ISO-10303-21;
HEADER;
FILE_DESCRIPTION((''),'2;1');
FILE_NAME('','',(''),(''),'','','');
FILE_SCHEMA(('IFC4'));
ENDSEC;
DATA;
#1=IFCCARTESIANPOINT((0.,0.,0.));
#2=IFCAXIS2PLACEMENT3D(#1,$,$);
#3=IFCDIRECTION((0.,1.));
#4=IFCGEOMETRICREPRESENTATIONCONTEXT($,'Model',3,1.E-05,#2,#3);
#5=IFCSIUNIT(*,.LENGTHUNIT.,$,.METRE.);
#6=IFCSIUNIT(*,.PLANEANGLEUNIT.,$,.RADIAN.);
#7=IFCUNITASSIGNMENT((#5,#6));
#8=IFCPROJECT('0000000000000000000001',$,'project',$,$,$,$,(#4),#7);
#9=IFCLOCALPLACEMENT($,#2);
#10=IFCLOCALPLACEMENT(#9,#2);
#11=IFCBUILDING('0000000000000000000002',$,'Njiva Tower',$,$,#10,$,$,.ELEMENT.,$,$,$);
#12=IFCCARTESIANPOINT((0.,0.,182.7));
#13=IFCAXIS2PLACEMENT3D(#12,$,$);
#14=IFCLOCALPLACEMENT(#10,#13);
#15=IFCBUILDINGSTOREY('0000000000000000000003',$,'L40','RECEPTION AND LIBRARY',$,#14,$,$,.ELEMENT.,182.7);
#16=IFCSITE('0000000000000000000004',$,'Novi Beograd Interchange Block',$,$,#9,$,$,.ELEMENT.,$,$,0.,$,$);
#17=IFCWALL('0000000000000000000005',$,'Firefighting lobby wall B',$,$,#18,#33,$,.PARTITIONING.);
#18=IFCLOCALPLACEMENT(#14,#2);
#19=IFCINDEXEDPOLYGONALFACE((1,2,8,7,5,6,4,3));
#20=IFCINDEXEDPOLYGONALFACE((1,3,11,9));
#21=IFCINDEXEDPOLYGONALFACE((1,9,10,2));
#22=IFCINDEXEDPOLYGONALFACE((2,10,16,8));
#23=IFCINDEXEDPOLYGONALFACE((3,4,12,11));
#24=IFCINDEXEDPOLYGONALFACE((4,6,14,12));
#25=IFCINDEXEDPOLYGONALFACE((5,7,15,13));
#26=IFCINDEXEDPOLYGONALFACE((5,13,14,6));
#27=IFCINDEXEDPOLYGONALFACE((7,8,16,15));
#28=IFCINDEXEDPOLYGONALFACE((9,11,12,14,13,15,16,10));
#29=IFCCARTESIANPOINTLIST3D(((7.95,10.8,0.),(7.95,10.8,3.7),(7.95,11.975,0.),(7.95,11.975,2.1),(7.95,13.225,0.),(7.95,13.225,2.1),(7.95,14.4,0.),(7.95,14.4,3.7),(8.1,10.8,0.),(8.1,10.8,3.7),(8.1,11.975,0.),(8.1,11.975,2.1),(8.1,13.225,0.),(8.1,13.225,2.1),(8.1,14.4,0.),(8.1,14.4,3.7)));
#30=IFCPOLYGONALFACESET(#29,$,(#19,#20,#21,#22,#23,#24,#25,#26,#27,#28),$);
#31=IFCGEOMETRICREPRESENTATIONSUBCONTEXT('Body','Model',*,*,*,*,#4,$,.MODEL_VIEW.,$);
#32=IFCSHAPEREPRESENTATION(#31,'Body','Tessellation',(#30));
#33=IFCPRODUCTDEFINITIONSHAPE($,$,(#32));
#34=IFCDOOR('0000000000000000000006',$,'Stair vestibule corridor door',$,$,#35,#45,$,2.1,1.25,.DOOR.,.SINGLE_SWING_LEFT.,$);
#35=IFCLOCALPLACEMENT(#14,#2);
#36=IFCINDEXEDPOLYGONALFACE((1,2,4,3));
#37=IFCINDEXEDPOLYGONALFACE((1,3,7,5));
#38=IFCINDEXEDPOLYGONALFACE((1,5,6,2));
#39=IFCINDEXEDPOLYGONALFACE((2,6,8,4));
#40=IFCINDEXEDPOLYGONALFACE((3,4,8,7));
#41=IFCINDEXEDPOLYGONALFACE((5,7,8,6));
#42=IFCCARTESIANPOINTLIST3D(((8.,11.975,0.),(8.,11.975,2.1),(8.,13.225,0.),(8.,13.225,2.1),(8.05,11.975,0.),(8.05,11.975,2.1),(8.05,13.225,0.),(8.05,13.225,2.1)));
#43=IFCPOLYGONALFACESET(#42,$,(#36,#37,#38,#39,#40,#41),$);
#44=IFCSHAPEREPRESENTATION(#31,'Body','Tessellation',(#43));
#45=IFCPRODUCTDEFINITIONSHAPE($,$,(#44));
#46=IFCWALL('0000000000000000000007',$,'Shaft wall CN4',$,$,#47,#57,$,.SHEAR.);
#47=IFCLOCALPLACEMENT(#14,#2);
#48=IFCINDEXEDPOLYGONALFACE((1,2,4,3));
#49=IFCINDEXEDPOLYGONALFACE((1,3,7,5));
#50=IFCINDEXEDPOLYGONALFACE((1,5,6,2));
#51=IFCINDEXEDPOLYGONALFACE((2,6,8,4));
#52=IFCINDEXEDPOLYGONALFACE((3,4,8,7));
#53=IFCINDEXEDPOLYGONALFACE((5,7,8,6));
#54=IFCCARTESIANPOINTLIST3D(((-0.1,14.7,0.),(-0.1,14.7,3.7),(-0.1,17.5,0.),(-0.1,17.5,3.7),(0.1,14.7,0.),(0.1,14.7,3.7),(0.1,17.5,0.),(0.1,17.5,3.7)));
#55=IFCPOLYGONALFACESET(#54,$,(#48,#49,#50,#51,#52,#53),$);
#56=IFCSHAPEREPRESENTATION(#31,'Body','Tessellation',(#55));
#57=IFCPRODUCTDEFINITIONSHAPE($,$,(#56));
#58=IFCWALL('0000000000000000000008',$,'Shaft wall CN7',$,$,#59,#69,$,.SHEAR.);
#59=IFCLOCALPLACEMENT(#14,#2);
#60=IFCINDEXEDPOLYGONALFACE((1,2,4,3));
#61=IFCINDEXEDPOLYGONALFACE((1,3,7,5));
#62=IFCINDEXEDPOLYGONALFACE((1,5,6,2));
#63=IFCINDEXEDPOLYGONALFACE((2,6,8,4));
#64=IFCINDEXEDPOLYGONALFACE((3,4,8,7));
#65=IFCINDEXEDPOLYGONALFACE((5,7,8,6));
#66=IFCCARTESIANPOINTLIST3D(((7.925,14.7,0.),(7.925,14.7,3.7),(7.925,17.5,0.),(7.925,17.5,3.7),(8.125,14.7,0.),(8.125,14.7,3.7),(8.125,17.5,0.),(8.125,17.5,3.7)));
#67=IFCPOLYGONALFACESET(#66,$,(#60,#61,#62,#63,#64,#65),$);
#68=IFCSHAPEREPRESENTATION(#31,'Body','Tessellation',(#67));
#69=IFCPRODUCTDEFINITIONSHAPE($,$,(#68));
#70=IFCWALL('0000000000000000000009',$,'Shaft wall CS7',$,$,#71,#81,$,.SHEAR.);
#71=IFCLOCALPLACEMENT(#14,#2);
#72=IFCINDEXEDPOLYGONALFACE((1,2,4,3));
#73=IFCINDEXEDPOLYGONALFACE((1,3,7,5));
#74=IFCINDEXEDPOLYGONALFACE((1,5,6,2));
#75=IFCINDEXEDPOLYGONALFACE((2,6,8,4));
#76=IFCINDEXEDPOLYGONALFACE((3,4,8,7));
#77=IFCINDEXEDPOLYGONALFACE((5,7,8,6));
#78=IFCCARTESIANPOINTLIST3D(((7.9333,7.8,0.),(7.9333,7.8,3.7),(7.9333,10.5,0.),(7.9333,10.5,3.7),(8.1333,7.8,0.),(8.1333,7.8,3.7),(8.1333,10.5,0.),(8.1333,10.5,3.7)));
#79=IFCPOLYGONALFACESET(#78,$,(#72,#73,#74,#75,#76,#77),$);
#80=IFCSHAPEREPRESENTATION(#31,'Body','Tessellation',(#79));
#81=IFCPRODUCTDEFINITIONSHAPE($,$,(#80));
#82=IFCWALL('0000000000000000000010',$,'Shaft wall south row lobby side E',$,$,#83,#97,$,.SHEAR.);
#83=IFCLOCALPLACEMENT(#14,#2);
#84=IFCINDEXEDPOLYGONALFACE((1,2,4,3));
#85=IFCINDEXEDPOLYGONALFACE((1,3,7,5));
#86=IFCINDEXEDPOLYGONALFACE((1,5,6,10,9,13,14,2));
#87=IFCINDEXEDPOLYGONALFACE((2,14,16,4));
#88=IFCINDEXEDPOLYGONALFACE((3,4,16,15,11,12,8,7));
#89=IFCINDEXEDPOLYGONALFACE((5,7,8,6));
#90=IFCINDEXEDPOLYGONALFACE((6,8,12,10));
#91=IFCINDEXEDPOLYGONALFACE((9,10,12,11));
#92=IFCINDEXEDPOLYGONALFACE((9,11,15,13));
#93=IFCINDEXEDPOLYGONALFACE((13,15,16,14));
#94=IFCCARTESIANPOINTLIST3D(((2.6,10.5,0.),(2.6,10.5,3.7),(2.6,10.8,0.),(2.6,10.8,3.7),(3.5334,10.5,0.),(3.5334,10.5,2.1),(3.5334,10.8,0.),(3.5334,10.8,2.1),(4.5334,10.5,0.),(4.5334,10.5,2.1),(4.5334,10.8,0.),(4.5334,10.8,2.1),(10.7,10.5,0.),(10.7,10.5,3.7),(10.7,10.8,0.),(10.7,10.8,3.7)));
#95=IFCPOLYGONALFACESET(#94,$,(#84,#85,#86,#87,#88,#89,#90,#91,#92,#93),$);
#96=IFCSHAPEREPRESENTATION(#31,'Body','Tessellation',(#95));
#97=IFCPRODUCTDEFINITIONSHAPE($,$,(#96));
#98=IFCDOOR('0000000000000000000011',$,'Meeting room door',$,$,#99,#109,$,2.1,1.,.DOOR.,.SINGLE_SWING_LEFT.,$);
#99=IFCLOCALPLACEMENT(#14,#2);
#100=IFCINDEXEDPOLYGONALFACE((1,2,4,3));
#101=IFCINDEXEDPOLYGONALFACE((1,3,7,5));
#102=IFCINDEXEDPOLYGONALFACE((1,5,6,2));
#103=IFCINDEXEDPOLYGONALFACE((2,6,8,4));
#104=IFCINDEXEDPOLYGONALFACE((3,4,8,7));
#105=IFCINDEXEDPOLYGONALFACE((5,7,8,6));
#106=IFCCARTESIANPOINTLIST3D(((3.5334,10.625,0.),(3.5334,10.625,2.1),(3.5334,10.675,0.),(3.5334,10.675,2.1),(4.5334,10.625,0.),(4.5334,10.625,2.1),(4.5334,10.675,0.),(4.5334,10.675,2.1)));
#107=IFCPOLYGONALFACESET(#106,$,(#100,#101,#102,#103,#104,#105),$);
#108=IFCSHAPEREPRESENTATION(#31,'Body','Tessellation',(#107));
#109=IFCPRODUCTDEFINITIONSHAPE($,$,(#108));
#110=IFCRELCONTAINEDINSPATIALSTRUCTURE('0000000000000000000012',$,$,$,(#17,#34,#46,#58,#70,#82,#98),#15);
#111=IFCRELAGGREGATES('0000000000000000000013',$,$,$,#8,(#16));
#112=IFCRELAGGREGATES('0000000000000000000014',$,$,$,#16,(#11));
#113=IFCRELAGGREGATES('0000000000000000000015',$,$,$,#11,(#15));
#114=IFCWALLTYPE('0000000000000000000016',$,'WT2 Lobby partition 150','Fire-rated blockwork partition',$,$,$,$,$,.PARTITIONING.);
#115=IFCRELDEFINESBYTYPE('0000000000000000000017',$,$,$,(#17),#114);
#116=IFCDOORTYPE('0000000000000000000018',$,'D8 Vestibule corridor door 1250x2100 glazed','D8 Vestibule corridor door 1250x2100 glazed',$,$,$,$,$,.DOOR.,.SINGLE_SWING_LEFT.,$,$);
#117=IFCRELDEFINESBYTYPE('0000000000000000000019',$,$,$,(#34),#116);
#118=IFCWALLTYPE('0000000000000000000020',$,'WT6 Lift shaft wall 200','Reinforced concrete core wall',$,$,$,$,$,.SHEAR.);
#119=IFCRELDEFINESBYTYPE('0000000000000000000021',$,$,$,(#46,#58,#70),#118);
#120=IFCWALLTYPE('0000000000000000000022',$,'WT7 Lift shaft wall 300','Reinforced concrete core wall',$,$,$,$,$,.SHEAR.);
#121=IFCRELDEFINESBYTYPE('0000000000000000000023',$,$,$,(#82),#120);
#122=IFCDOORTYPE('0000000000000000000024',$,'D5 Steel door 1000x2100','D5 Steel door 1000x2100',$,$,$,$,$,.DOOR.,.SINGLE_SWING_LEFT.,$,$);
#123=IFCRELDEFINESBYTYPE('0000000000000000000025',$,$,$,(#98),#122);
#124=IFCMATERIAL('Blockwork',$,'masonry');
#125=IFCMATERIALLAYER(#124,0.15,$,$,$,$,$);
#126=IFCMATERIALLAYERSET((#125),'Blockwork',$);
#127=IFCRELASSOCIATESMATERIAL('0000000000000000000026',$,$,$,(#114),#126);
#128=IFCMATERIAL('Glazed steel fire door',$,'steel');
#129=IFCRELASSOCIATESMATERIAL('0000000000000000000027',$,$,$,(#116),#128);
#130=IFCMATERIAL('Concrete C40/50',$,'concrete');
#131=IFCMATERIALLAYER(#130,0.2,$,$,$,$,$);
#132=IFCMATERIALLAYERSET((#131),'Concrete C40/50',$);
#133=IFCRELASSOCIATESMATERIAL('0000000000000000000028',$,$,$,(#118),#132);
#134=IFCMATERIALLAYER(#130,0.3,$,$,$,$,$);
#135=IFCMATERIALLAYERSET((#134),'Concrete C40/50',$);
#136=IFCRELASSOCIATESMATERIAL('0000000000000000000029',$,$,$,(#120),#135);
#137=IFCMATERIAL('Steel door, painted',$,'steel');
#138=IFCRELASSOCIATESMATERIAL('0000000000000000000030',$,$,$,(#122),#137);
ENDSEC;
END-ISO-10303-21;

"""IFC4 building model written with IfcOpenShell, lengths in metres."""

from ifc_helpers import new_model, si_unit, direction, frame, frame_2d, origin, place, context, subcontext, project, spatial, rectangle, extrude, material, layer, layer_set, type_object, element, fill, save


model = new_model("IFC4")

# Units and contexts
model_context = context("Model", 3, precision=1e-05, world=origin(), true_north=direction((0.0, 1.0)))
body_context = subcontext(model_context, "Body", "Model", "MODEL_VIEW")
ifc_project = project(units=[si_unit("LENGTHUNIT", "METRE"), si_unit("PLANEANGLEUNIT", "RADIAN")], contexts=[model_context])

# Site, building, storey
site_placement = place(None, origin())
site = spatial("IfcSite", under=ifc_project, at=site_placement, Name="Novi Beograd Interchange Block", CompositionType="ELEMENT", RefElevation=0.0)
building_placement = place(site_placement, origin())
building = spatial("IfcBuilding", under=site, at=building_placement, Name="Njiva Tower", CompositionType="ELEMENT")
storey_placement = place(building_placement, frame((0.0, 0.0, 182.7)))
storey = spatial("IfcBuildingStorey", under=building, at=storey_placement, Name="L40", Description="RECEPTION AND LIBRARY", CompositionType="ELEMENT", Elevation=182.7)

# Shared definitions
ifc_material_1 = material(Name="Blockwork", Category="masonry")

# Wall, opening, door
ifc_material_2 = material(Name="Concrete C40/50", Category="concrete")
ifc_material_3 = material(Name="Glazed steel fire door", Category="steel")
ifc_layer_1 = layer(ifc_material_1, 0.15)
ifc_layer_set_1 = layer_set([ifc_layer_1], Name="Blockwork")
wall_type_1 = type_object("IfcWallType", Name="WT2 Lobby partition 150", Description="Fire-rated blockwork partition", PredefinedType="PARTITIONING", material=ifc_layer_set_1)
wall_1_placement = place(storey_placement, frame((8.025, 10.8, 0.0), z_axis=(0.0, 0.0, 1.0), x_axis=(0.0, 1.0, 0.0)))
wall_1 = element("IfcWall", 1, at=wall_1_placement, inside=storey, type_object=wall_type_1, Name="Firefighting lobby wall B", PredefinedType="PARTITIONING", context=body_context, shape_type="SweptSolid", body=[
    extrude(rectangle(XDim=3.6, YDim=0.15, at=frame_2d((1.8, 0.0))), origin(), (0.0, 0.0, 1.0), 3.7),
])
opening_1_placement = place(wall_1_placement, frame((1.175, 0.0, 0.0)))
opening_1 = element("IfcOpeningElement", 2, at=opening_1_placement, cuts=wall_1, PredefinedType="OPENING", context=body_context, shape_type="SweptSolid", body=[
    extrude(rectangle(XDim=1.25, YDim=2.1, at=frame_2d((0.625, 1.05))), frame((0.0, 0.085, 0.0), z_axis=(0.0, -1.0, 0.0), x_axis=(1.0, 0.0, 0.0)), (0.0, 0.0, 1.0), 0.17),
])
door_type_1 = type_object("IfcDoorType", Name="D8 Vestibule corridor door 1250x2100 glazed", Description="D8 Vestibule corridor door 1250x2100 glazed", OperationType="SINGLE_SWING_LEFT", PredefinedType="DOOR", material=ifc_material_3)
door_1_placement = place(opening_1_placement, origin())
door_1 = element("IfcDoor", 3, at=door_1_placement, inside=storey, type_object=door_type_1, Name="Stair vestibule corridor door", OperationType="SINGLE_SWING_LEFT", OverallHeight=2.1, OverallWidth=1.25, PredefinedType="DOOR", context=body_context, shape_type="SweptSolid", body=[
    extrude(rectangle(XDim=1.25, YDim=2.1, at=frame_2d((0.625, 1.05))), frame((0.0, 0.025, 0.0), z_axis=(0.0, -1.0, 0.0), x_axis=(1.0, 0.0, 0.0)), (0.0, 0.0, 1.0), 0.05),
])
fill(opening_1, door_1)

# Walls
ifc_layer_2 = layer(ifc_material_2, 0.2)
ifc_layer_set_2 = layer_set([ifc_layer_2], Name="Concrete C40/50")
wall_type_2 = type_object("IfcWallType", Name="WT6 Lift shaft wall 200", Description="Reinforced concrete core wall", PredefinedType="SHEAR", material=ifc_layer_set_2)
for number, where, z_axis, x_axis, name in (
    (4, (0.0, 14.7, 0.0), (0.0, 0.0, 1.0), (0.0, 1.0, 0.0), "Shaft wall CN4"),
    (5, (8.025, 14.7, 0.0), (0.0, 0.0, 1.0), (0.0, 1.0, 0.0), "Shaft wall CN7"),
):
    element("IfcWall", number, at=place(storey_placement, frame(where, z_axis=z_axis, x_axis=x_axis)), inside=storey, type_object=wall_type_2, Name=name, PredefinedType="SHEAR", context=body_context, shape_type="SweptSolid", body=[
        extrude(rectangle(XDim=2.8, YDim=0.2, at=frame_2d((1.4, 0.0))), origin(), (0.0, 0.0, 1.0), 3.7),
    ])
wall_2_placement = place(storey_placement, frame((8.0333, 7.8, 0.0), z_axis=(0.0, 0.0, 1.0), x_axis=(0.0, 1.0, 0.0)))
element("IfcWall", 6, at=wall_2_placement, inside=storey, type_object=wall_type_2, Name="Shaft wall CS7", PredefinedType="SHEAR", context=body_context, shape_type="SweptSolid", body=[
    extrude(rectangle(XDim=2.7, YDim=0.2, at=frame_2d((1.35, 0.0))), origin(), (0.0, 0.0, 1.0), 3.7),
])

# Wall, opening, door
ifc_layer_3 = layer(ifc_material_2, 0.3)
ifc_layer_set_3 = layer_set([ifc_layer_3], Name="Concrete C40/50")
wall_type_3 = type_object("IfcWallType", Name="WT7 Lift shaft wall 300", Description="Reinforced concrete core wall", PredefinedType="SHEAR", material=ifc_layer_set_3)
wall_3_placement = place(storey_placement, frame((2.6, 10.65, 0.0), z_axis=(0.0, 0.0, 1.0), x_axis=(1.0, 0.0, 0.0)))
wall_3 = element("IfcWall", 7, at=wall_3_placement, inside=storey, type_object=wall_type_3, Name="Shaft wall south row lobby side E", PredefinedType="SHEAR", context=body_context, shape_type="SweptSolid", body=[
    extrude(rectangle(XDim=8.1, YDim=0.3, at=frame_2d((4.05, 0.0))), origin(), (0.0, 0.0, 1.0), 3.7),
])
opening_2_placement = place(wall_3_placement, frame((0.9334, 0.0, 0.0)))
opening_2 = element("IfcOpeningElement", 8, at=opening_2_placement, cuts=wall_3, PredefinedType="OPENING", context=body_context, shape_type="SweptSolid", body=[
    extrude(rectangle(XDim=1.0, YDim=2.1, at=frame_2d((0.5, 1.05))), frame((0.0, 0.16, 0.0), z_axis=(0.0, -1.0, 0.0), x_axis=(1.0, 0.0, 0.0)), (0.0, 0.0, 1.0), 0.32),
])
ifc_material_4 = material(Name="Steel door, painted", Category="steel")
door_type_2 = type_object("IfcDoorType", Name="D5 Steel door 1000x2100", Description="D5 Steel door 1000x2100", OperationType="SINGLE_SWING_LEFT", PredefinedType="DOOR", material=ifc_material_4)
door_2_placement = place(opening_2_placement, origin())
door_2 = element("IfcDoor", 9, at=door_2_placement, inside=storey, type_object=door_type_2, Name="Meeting room door", OperationType="SINGLE_SWING_LEFT", OverallHeight=2.1, OverallWidth=1.0, PredefinedType="DOOR", context=body_context, shape_type="SweptSolid", body=[
    extrude(rectangle(XDim=1.0, YDim=2.1, at=frame_2d((0.5, 1.05))), frame((0.0, 0.025, 0.0), z_axis=(0.0, -1.0, 0.0), x_axis=(1.0, 0.0, 0.0)), (0.0, 0.0, 1.0), 0.05),
])
fill(opening_2, door_2)

save(model, "model.ifc")
